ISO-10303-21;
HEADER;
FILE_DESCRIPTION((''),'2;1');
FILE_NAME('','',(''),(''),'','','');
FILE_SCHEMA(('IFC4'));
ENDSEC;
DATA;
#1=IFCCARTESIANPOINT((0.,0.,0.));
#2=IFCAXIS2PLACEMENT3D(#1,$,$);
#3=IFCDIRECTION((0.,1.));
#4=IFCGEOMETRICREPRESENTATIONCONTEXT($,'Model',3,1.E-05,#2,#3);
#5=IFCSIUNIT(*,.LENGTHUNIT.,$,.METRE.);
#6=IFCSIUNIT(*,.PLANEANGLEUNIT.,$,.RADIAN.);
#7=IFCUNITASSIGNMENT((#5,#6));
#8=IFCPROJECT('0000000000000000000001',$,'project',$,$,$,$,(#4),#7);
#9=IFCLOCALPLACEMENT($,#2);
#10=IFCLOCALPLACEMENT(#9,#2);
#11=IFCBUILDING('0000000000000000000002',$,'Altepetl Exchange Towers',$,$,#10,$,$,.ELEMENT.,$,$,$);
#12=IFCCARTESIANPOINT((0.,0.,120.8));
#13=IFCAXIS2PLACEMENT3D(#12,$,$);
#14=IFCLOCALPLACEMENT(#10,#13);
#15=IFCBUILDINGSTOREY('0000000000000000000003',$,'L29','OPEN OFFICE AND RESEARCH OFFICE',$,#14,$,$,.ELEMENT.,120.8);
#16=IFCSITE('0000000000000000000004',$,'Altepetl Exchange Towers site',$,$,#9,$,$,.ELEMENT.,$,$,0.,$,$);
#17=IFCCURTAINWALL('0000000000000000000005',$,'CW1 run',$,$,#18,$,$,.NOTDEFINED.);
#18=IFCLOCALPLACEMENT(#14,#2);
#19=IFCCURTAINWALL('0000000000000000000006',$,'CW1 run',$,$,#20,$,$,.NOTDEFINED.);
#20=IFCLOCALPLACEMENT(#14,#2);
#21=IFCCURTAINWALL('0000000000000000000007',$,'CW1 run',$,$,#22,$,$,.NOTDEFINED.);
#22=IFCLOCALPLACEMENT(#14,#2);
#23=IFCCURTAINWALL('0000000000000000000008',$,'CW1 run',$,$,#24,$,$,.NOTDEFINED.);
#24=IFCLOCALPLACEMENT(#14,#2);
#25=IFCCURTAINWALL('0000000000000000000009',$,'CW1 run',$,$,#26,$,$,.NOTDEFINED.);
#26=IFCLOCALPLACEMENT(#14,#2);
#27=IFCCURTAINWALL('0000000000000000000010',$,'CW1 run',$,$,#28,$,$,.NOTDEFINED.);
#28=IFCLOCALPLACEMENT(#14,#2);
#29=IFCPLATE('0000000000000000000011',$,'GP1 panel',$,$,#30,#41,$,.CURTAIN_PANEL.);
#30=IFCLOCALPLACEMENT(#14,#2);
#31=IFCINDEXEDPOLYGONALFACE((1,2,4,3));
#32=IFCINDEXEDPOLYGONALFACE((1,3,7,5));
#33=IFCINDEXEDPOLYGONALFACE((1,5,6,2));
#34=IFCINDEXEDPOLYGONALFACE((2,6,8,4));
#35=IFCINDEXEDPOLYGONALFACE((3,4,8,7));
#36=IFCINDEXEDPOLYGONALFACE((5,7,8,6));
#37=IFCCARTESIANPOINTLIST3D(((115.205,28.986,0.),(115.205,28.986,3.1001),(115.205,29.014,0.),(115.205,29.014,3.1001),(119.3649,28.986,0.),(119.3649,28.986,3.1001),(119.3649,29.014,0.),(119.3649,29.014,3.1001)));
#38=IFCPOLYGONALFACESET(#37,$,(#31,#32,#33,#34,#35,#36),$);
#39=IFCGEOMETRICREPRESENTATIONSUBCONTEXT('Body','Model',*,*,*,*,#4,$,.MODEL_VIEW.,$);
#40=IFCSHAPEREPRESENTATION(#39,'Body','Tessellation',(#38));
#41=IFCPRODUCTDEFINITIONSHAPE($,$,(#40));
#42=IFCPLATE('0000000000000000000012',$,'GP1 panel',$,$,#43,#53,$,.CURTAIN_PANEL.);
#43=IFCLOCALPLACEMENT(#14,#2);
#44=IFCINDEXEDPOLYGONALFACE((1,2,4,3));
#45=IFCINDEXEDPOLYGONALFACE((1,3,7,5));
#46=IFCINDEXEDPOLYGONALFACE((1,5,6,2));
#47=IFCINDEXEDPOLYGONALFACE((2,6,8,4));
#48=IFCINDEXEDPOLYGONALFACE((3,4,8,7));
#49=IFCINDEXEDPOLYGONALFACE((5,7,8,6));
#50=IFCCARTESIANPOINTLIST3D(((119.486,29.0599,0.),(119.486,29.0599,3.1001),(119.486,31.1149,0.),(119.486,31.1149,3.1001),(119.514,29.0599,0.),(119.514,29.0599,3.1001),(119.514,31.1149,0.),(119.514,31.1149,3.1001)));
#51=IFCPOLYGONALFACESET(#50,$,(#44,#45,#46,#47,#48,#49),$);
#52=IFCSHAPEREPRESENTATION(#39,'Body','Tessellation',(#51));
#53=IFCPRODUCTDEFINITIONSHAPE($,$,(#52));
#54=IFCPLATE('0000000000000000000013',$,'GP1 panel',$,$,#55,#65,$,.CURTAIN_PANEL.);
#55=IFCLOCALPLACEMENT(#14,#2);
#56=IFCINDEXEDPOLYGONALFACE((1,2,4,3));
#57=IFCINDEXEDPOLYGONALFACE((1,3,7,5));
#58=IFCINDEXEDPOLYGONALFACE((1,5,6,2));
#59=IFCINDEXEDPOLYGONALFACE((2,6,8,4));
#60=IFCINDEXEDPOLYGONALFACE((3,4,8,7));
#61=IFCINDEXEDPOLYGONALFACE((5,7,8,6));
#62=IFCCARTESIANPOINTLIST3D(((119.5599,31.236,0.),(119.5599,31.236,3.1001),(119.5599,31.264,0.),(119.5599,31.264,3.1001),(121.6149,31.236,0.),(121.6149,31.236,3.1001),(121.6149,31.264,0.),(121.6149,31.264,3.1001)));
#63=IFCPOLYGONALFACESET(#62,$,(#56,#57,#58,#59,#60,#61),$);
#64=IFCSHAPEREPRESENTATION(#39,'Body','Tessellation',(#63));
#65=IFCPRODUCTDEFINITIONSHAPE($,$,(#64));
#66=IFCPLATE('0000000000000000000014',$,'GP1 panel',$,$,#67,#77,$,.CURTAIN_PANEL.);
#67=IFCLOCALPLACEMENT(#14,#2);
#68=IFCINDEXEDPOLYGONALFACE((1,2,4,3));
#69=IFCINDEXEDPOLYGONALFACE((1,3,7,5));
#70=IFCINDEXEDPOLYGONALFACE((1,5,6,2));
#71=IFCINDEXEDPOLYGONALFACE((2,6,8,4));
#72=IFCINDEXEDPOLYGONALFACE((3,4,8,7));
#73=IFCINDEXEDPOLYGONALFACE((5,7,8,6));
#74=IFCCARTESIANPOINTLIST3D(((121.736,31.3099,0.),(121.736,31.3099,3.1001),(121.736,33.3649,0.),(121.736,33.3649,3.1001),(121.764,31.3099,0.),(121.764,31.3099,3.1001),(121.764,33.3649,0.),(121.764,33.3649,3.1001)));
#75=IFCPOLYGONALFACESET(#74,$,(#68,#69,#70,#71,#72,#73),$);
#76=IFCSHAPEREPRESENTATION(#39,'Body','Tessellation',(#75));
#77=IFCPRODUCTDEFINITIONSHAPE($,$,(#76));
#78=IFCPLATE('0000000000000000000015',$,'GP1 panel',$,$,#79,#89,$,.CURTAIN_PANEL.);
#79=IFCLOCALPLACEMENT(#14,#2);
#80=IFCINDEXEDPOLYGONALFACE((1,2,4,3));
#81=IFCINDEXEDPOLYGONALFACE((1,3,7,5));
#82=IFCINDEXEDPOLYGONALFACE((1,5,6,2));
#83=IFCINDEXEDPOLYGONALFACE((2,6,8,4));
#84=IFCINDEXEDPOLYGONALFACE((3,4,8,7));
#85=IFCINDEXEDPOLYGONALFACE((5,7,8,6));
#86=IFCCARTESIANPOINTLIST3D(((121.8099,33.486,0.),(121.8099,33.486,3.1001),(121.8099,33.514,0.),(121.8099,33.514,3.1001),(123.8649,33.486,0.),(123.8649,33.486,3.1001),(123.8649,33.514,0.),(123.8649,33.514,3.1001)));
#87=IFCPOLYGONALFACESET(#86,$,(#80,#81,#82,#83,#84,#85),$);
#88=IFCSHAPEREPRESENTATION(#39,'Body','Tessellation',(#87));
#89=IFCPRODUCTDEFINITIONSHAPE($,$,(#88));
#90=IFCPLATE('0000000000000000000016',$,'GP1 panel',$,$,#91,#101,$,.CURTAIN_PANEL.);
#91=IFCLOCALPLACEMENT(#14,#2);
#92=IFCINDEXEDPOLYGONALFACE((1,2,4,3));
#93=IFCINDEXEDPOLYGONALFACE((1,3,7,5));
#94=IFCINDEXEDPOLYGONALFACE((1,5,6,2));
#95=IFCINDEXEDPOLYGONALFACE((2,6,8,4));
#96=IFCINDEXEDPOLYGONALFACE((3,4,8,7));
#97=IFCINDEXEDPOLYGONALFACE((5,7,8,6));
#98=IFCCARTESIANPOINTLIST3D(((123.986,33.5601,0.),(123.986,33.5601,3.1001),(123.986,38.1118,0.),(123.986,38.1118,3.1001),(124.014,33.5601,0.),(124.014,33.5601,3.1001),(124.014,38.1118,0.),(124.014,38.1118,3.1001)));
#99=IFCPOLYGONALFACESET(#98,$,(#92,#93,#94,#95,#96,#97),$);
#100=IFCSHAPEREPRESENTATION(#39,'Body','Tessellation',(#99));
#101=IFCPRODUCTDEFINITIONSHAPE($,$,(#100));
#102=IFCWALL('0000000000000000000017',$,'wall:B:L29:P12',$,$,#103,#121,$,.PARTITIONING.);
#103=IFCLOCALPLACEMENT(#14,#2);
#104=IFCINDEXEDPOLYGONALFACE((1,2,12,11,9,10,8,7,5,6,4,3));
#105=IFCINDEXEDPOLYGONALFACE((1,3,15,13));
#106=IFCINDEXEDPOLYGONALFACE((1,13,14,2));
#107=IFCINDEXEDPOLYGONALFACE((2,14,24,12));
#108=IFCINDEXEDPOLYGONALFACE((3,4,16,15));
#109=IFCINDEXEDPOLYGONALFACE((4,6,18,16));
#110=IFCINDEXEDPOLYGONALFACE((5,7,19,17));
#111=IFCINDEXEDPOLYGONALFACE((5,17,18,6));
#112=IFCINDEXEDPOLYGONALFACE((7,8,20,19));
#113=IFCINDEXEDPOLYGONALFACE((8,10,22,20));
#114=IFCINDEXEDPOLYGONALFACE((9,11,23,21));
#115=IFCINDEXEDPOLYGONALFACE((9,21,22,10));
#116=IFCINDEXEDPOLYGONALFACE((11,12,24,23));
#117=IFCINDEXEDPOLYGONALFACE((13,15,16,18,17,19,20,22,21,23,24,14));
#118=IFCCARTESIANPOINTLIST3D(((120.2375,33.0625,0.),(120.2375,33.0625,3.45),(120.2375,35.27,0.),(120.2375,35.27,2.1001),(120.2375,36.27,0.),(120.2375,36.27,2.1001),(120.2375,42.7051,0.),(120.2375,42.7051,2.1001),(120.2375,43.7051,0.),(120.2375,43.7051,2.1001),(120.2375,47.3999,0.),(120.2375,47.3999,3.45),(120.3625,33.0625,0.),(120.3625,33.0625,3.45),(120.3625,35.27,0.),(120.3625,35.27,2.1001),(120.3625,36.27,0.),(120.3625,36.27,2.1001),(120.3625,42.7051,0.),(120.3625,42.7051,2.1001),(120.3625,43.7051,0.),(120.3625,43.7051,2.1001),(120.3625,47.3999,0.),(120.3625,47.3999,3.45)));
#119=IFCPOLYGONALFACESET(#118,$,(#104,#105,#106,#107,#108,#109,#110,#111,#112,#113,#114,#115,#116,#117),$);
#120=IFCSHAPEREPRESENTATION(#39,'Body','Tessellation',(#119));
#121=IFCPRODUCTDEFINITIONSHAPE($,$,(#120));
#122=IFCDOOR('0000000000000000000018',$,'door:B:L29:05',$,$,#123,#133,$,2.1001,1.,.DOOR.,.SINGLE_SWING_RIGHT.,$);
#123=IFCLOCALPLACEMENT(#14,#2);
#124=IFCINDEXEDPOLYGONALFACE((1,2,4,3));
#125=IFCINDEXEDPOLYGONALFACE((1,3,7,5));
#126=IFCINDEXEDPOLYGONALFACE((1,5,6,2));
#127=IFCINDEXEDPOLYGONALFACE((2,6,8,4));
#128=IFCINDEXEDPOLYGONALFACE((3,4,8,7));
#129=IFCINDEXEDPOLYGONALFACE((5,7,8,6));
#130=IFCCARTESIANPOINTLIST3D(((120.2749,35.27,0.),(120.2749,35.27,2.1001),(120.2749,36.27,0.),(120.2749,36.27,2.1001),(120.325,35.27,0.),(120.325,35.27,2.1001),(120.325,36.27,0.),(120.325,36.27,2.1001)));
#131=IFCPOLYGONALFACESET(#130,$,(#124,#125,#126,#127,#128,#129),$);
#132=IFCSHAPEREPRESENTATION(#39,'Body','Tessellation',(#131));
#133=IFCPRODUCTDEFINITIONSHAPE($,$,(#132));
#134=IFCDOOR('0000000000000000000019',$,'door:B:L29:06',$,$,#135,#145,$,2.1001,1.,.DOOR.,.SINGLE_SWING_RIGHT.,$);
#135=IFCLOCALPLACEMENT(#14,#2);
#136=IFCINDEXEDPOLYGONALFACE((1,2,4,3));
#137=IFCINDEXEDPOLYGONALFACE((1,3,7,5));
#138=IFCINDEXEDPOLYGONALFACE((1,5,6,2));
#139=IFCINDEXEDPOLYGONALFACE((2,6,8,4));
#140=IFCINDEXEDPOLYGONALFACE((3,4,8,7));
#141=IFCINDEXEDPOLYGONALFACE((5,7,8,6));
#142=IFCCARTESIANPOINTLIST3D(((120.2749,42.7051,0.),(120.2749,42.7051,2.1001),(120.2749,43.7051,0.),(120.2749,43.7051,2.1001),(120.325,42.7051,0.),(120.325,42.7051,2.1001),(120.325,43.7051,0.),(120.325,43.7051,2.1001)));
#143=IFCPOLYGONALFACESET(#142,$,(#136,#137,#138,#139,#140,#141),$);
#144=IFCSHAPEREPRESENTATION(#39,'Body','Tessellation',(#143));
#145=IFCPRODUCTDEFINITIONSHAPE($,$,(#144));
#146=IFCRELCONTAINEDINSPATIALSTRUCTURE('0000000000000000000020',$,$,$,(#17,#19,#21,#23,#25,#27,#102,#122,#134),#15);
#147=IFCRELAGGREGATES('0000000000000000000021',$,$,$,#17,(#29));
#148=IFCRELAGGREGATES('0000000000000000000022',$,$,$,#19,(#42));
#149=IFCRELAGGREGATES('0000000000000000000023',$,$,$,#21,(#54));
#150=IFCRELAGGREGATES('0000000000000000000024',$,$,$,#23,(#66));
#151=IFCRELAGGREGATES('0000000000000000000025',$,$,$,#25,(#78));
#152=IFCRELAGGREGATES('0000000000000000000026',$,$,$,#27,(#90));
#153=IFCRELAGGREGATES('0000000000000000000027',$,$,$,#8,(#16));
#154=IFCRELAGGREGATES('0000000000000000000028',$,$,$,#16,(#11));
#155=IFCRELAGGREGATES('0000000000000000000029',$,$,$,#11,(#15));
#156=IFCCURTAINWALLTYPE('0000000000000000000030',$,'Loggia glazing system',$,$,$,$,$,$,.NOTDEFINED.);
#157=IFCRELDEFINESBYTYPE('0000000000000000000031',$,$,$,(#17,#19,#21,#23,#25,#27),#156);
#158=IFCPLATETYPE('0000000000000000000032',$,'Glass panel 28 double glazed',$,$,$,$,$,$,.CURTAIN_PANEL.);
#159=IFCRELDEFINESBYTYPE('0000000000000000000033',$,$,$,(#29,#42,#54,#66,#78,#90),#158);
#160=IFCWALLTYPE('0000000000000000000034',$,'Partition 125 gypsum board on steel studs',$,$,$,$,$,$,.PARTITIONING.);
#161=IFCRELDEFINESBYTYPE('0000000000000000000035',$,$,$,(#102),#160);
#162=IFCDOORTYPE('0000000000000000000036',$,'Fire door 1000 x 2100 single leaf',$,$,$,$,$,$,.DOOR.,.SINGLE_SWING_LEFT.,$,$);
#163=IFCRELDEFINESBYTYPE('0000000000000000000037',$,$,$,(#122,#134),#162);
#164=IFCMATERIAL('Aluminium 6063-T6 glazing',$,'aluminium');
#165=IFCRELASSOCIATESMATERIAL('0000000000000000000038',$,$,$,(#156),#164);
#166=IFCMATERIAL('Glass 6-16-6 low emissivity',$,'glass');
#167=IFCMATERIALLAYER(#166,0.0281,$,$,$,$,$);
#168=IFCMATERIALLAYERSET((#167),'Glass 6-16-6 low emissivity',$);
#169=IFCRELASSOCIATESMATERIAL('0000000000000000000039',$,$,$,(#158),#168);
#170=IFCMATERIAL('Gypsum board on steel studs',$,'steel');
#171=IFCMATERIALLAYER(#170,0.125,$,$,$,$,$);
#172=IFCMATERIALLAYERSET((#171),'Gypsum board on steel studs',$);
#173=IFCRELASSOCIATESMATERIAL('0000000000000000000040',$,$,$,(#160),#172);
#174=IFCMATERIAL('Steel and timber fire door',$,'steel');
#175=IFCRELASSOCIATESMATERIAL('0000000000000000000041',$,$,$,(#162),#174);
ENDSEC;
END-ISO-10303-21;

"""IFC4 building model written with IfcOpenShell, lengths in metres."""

from ifc_helpers import new_model, si_unit, direction, frame, frame_2d, origin, origin_2d, place, context, subcontext, project, spatial, rectangle, extrude, material, layer, layer_set, type_object, element, fill, aggregate, save


model = new_model("IFC4")

# Units and contexts
model_context = context("Model", 3, precision=1e-05, world=origin(), true_north=direction((0.0, 1.0)))
body_context = subcontext(model_context, "Body", "Model", "MODEL_VIEW")
ifc_project = project(units=[si_unit("LENGTHUNIT", "METRE"), si_unit("PLANEANGLEUNIT", "RADIAN")], contexts=[model_context])

# Site, building, storey
site_placement = place(None, origin())
site = spatial("IfcSite", under=ifc_project, at=site_placement, Name="Altepetl Exchange Towers site", CompositionType="ELEMENT", RefElevation=0.0)
building_placement = place(site_placement, origin())
building = spatial("IfcBuilding", under=site, at=building_placement, Name="Altepetl Exchange Towers", CompositionType="ELEMENT")
storey_placement = place(building_placement, frame((0.0, 0.0, 120.8)))
storey = spatial("IfcBuildingStorey", under=building, at=storey_placement, Name="L29", Description="OPEN OFFICE AND RESEARCH OFFICE", CompositionType="ELEMENT", Elevation=120.8)

# Curtain wall
ifc_material_1 = material(Name="Aluminium 6063-T6 glazing", Category="aluminium")
curtain_wall_type = type_object("IfcCurtainWallType", Name="Loggia glazing system", PredefinedType="NOTDEFINED", material=ifc_material_1)
curtain_wall_1_placement = place(storey_placement, origin())
curtain_wall_1 = element("IfcCurtainWall", 1, at=curtain_wall_1_placement, inside=storey, type_object=curtain_wall_type, Name="CW1 run", PredefinedType="NOTDEFINED")

# Curtain walls
curtain_wall_2_placement = place(storey_placement, origin())
curtain_wall_2 = element("IfcCurtainWall", 2, at=curtain_wall_2_placement, inside=storey, type_object=curtain_wall_type, Name="CW1 run", PredefinedType="NOTDEFINED")
curtain_wall_3_placement = place(storey_placement, origin())
curtain_wall_3 = element("IfcCurtainWall", 3, at=curtain_wall_3_placement, inside=storey, type_object=curtain_wall_type, Name="CW1 run", PredefinedType="NOTDEFINED")
curtain_wall_4_placement = place(storey_placement, origin())
curtain_wall_4 = element("IfcCurtainWall", 4, at=curtain_wall_4_placement, inside=storey, type_object=curtain_wall_type, Name="CW1 run", PredefinedType="NOTDEFINED")
curtain_wall_5_placement = place(storey_placement, origin())
curtain_wall_5 = element("IfcCurtainWall", 5, at=curtain_wall_5_placement, inside=storey, type_object=curtain_wall_type, Name="CW1 run", PredefinedType="NOTDEFINED")

# Curtain wall
curtain_wall_6_placement = place(storey_placement, origin())
curtain_wall_6 = element("IfcCurtainWall", 6, at=curtain_wall_6_placement, inside=storey, type_object=curtain_wall_type, Name="CW1 run", PredefinedType="NOTDEFINED")

# Plates
ifc_material_2 = material(Name="Glass 6-16-6 low emissivity", Category="glass")
ifc_layer_1 = layer(ifc_material_2, 0.0281)
ifc_layer_set_1 = layer_set([ifc_layer_1], Name="Glass 6-16-6 low emissivity")
plate_type = type_object("IfcPlateType", Name="Glass panel 28 double glazed", PredefinedType="CURTAIN_PANEL", material=ifc_layer_set_1)
plate_1_placement = place(storey_placement, frame((117.2849, 29.0, 0.0)))
plate_1 = element("IfcPlate", 7, at=plate_1_placement, type_object=plate_type, Name="GP1 panel", PredefinedType="CURTAIN_PANEL", context=body_context, shape_type="SweptSolid", body=[
    extrude(rectangle(XDim=4.1599, YDim=0.0281, at=origin_2d()), origin(), (0.0, 0.0, 1.0), 3.1001),
])
aggregate(curtain_wall_1, [plate_1])
plate_2_placement = place(storey_placement, frame((119.5, 30.0874, 0.0), z_axis=(0.0, 0.0, 1.0), x_axis=(0.0, 1.0, 0.0)))
plate_2 = element("IfcPlate", 8, at=plate_2_placement, type_object=plate_type, Name="GP1 panel", PredefinedType="CURTAIN_PANEL", context=body_context, shape_type="SweptSolid", body=[
    extrude(rectangle(XDim=2.0549, YDim=0.0281, at=origin_2d()), origin(), (0.0, 0.0, 1.0), 3.1001),
])
aggregate(curtain_wall_2, [plate_2])
plate_3_placement = place(storey_placement, frame((120.5874, 31.25, 0.0)))
plate_3 = element("IfcPlate", 9, at=plate_3_placement, type_object=plate_type, Name="GP1 panel", PredefinedType="CURTAIN_PANEL", context=body_context, shape_type="SweptSolid", body=[
    extrude(rectangle(XDim=2.0549, YDim=0.0281, at=origin_2d()), origin(), (0.0, 0.0, 1.0), 3.1001),
])
aggregate(curtain_wall_3, [plate_3])
plate_4_placement = place(storey_placement, frame((121.75, 32.3374, 0.0), z_axis=(0.0, 0.0, 1.0), x_axis=(0.0, 1.0, 0.0)))
plate_4 = element("IfcPlate", 10, at=plate_4_placement, type_object=plate_type, Name="GP1 panel", PredefinedType="CURTAIN_PANEL", context=body_context, shape_type="SweptSolid", body=[
    extrude(rectangle(XDim=2.0549, YDim=0.0281, at=origin_2d()), origin(), (0.0, 0.0, 1.0), 3.1001),
])
aggregate(curtain_wall_4, [plate_4])
plate_5_placement = place(storey_placement, frame((122.8374, 33.5, 0.0)))
plate_5 = element("IfcPlate", 11, at=plate_5_placement, type_object=plate_type, Name="GP1 panel", PredefinedType="CURTAIN_PANEL", context=body_context, shape_type="SweptSolid", body=[
    extrude(rectangle(XDim=2.0549, YDim=0.0281, at=origin_2d()), origin(), (0.0, 0.0, 1.0), 3.1001),
])
aggregate(curtain_wall_5, [plate_5])
plate_6_placement = place(storey_placement, frame((124.0, 35.8359, 0.0), z_axis=(0.0, 0.0, 1.0), x_axis=(0.0, 1.0, 0.0)))
plate_6 = element("IfcPlate", 12, at=plate_6_placement, type_object=plate_type, Name="GP1 panel", PredefinedType="CURTAIN_PANEL", context=body_context, shape_type="SweptSolid", body=[
    extrude(rectangle(XDim=4.5518, YDim=0.0281, at=origin_2d()), origin(), (0.0, 0.0, 1.0), 3.1001),
])
aggregate(curtain_wall_6, [plate_6])

# Wall, openings, doors
ifc_material_3 = material(Name="Gypsum board on steel studs", Category="steel")
ifc_layer_2 = layer(ifc_material_3, 0.125)
ifc_layer_set_2 = layer_set([ifc_layer_2], Name="Gypsum board on steel studs")
wall_type = type_object("IfcWallType", Name="Partition 125 gypsum board on steel studs", PredefinedType="PARTITIONING", material=ifc_layer_set_2)
wall_placement = place(storey_placement, frame((120.3, 33.0625, 0.0), z_axis=(0.0, 0.0, 1.0), x_axis=(0.0, 1.0, 0.0)))
wall = element("IfcWall", 13, at=wall_placement, inside=storey, type_object=wall_type, Name="wall:B:L29:P12", PredefinedType="PARTITIONING", context=body_context, shape_type="SweptSolid", body=[
    extrude(rectangle(XDim=14.3374, YDim=0.125, at=frame_2d((7.1687, 0.0))), origin(), (0.0, 0.0, 1.0), 3.45),
])
opening_1_placement = place(wall_placement, frame((2.2075, 0.0, 0.0)))
opening_1 = element("IfcOpeningElement", 14, at=opening_1_placement, cuts=wall, PredefinedType="OPENING", context=body_context, shape_type="SweptSolid", body=[
    extrude(rectangle(XDim=1.0, YDim=2.1001, at=frame_2d((0.5, 1.05))), frame((0.0, 0.0725, 0.0), z_axis=(0.0, -1.0, 0.0), x_axis=(1.0, 0.0, 0.0)), (0.0, 0.0, 1.0), 0.145),
])
opening_2_placement = place(wall_placement, frame((9.6426, 0.0, 0.0)))
opening_2 = element("IfcOpeningElement", 15, at=opening_2_placement, cuts=wall, PredefinedType="OPENING", context=body_context, shape_type="SweptSolid", body=[
    extrude(rectangle(XDim=1.0, YDim=2.1001, at=frame_2d((0.5, 1.05))), frame((0.0, 0.0725, 0.0), z_axis=(0.0, -1.0, 0.0), x_axis=(1.0, 0.0, 0.0)), (0.0, 0.0, 1.0), 0.145),
])
ifc_material_4 = material(Name="Steel and timber fire door", Category="steel")
door_type = type_object("IfcDoorType", Name="Fire door 1000 x 2100 single leaf", OperationType="SINGLE_SWING_LEFT", PredefinedType="DOOR", material=ifc_material_4)
door_1_placement = place(opening_1_placement, frame((1.0, 0.0, 0.0), x_axis=(-1.0, 0.0, 0.0)))
door_1 = element("IfcDoor", 16, at=door_1_placement, inside=storey, type_object=door_type, Name="door:B:L29:05", OperationType="SINGLE_SWING_RIGHT", OverallHeight=2.1001, OverallWidth=1.0, PredefinedType="DOOR", context=body_context, shape_type="SweptSolid", body=[
    extrude(rectangle(XDim=1.0, YDim=2.1001, at=frame_2d((0.5, 1.05))), frame((0.0, 0.0249, 0.0), z_axis=(0.0, -1.0, 0.0), x_axis=(1.0, 0.0, 0.0)), (0.0, 0.0, 1.0), 0.05),
])
fill(opening_1, door_1)
door_2_placement = place(opening_2_placement, frame((1.0, 0.0, 0.0), x_axis=(-1.0, 0.0, 0.0)))
door_2 = element("IfcDoor", 17, at=door_2_placement, inside=storey, type_object=door_type, Name="door:B:L29:06", OperationType="SINGLE_SWING_RIGHT", OverallHeight=2.1001, OverallWidth=1.0, PredefinedType="DOOR", context=body_context, shape_type="SweptSolid", body=[
    extrude(rectangle(XDim=1.0, YDim=2.1001, at=frame_2d((0.5, 1.05))), frame((0.0, 0.0249, 0.0), z_axis=(0.0, -1.0, 0.0), x_axis=(1.0, 0.0, 0.0)), (0.0, 0.0, 1.0), 0.05),
])
fill(opening_2, door_2)

save(model, "model.ifc")
